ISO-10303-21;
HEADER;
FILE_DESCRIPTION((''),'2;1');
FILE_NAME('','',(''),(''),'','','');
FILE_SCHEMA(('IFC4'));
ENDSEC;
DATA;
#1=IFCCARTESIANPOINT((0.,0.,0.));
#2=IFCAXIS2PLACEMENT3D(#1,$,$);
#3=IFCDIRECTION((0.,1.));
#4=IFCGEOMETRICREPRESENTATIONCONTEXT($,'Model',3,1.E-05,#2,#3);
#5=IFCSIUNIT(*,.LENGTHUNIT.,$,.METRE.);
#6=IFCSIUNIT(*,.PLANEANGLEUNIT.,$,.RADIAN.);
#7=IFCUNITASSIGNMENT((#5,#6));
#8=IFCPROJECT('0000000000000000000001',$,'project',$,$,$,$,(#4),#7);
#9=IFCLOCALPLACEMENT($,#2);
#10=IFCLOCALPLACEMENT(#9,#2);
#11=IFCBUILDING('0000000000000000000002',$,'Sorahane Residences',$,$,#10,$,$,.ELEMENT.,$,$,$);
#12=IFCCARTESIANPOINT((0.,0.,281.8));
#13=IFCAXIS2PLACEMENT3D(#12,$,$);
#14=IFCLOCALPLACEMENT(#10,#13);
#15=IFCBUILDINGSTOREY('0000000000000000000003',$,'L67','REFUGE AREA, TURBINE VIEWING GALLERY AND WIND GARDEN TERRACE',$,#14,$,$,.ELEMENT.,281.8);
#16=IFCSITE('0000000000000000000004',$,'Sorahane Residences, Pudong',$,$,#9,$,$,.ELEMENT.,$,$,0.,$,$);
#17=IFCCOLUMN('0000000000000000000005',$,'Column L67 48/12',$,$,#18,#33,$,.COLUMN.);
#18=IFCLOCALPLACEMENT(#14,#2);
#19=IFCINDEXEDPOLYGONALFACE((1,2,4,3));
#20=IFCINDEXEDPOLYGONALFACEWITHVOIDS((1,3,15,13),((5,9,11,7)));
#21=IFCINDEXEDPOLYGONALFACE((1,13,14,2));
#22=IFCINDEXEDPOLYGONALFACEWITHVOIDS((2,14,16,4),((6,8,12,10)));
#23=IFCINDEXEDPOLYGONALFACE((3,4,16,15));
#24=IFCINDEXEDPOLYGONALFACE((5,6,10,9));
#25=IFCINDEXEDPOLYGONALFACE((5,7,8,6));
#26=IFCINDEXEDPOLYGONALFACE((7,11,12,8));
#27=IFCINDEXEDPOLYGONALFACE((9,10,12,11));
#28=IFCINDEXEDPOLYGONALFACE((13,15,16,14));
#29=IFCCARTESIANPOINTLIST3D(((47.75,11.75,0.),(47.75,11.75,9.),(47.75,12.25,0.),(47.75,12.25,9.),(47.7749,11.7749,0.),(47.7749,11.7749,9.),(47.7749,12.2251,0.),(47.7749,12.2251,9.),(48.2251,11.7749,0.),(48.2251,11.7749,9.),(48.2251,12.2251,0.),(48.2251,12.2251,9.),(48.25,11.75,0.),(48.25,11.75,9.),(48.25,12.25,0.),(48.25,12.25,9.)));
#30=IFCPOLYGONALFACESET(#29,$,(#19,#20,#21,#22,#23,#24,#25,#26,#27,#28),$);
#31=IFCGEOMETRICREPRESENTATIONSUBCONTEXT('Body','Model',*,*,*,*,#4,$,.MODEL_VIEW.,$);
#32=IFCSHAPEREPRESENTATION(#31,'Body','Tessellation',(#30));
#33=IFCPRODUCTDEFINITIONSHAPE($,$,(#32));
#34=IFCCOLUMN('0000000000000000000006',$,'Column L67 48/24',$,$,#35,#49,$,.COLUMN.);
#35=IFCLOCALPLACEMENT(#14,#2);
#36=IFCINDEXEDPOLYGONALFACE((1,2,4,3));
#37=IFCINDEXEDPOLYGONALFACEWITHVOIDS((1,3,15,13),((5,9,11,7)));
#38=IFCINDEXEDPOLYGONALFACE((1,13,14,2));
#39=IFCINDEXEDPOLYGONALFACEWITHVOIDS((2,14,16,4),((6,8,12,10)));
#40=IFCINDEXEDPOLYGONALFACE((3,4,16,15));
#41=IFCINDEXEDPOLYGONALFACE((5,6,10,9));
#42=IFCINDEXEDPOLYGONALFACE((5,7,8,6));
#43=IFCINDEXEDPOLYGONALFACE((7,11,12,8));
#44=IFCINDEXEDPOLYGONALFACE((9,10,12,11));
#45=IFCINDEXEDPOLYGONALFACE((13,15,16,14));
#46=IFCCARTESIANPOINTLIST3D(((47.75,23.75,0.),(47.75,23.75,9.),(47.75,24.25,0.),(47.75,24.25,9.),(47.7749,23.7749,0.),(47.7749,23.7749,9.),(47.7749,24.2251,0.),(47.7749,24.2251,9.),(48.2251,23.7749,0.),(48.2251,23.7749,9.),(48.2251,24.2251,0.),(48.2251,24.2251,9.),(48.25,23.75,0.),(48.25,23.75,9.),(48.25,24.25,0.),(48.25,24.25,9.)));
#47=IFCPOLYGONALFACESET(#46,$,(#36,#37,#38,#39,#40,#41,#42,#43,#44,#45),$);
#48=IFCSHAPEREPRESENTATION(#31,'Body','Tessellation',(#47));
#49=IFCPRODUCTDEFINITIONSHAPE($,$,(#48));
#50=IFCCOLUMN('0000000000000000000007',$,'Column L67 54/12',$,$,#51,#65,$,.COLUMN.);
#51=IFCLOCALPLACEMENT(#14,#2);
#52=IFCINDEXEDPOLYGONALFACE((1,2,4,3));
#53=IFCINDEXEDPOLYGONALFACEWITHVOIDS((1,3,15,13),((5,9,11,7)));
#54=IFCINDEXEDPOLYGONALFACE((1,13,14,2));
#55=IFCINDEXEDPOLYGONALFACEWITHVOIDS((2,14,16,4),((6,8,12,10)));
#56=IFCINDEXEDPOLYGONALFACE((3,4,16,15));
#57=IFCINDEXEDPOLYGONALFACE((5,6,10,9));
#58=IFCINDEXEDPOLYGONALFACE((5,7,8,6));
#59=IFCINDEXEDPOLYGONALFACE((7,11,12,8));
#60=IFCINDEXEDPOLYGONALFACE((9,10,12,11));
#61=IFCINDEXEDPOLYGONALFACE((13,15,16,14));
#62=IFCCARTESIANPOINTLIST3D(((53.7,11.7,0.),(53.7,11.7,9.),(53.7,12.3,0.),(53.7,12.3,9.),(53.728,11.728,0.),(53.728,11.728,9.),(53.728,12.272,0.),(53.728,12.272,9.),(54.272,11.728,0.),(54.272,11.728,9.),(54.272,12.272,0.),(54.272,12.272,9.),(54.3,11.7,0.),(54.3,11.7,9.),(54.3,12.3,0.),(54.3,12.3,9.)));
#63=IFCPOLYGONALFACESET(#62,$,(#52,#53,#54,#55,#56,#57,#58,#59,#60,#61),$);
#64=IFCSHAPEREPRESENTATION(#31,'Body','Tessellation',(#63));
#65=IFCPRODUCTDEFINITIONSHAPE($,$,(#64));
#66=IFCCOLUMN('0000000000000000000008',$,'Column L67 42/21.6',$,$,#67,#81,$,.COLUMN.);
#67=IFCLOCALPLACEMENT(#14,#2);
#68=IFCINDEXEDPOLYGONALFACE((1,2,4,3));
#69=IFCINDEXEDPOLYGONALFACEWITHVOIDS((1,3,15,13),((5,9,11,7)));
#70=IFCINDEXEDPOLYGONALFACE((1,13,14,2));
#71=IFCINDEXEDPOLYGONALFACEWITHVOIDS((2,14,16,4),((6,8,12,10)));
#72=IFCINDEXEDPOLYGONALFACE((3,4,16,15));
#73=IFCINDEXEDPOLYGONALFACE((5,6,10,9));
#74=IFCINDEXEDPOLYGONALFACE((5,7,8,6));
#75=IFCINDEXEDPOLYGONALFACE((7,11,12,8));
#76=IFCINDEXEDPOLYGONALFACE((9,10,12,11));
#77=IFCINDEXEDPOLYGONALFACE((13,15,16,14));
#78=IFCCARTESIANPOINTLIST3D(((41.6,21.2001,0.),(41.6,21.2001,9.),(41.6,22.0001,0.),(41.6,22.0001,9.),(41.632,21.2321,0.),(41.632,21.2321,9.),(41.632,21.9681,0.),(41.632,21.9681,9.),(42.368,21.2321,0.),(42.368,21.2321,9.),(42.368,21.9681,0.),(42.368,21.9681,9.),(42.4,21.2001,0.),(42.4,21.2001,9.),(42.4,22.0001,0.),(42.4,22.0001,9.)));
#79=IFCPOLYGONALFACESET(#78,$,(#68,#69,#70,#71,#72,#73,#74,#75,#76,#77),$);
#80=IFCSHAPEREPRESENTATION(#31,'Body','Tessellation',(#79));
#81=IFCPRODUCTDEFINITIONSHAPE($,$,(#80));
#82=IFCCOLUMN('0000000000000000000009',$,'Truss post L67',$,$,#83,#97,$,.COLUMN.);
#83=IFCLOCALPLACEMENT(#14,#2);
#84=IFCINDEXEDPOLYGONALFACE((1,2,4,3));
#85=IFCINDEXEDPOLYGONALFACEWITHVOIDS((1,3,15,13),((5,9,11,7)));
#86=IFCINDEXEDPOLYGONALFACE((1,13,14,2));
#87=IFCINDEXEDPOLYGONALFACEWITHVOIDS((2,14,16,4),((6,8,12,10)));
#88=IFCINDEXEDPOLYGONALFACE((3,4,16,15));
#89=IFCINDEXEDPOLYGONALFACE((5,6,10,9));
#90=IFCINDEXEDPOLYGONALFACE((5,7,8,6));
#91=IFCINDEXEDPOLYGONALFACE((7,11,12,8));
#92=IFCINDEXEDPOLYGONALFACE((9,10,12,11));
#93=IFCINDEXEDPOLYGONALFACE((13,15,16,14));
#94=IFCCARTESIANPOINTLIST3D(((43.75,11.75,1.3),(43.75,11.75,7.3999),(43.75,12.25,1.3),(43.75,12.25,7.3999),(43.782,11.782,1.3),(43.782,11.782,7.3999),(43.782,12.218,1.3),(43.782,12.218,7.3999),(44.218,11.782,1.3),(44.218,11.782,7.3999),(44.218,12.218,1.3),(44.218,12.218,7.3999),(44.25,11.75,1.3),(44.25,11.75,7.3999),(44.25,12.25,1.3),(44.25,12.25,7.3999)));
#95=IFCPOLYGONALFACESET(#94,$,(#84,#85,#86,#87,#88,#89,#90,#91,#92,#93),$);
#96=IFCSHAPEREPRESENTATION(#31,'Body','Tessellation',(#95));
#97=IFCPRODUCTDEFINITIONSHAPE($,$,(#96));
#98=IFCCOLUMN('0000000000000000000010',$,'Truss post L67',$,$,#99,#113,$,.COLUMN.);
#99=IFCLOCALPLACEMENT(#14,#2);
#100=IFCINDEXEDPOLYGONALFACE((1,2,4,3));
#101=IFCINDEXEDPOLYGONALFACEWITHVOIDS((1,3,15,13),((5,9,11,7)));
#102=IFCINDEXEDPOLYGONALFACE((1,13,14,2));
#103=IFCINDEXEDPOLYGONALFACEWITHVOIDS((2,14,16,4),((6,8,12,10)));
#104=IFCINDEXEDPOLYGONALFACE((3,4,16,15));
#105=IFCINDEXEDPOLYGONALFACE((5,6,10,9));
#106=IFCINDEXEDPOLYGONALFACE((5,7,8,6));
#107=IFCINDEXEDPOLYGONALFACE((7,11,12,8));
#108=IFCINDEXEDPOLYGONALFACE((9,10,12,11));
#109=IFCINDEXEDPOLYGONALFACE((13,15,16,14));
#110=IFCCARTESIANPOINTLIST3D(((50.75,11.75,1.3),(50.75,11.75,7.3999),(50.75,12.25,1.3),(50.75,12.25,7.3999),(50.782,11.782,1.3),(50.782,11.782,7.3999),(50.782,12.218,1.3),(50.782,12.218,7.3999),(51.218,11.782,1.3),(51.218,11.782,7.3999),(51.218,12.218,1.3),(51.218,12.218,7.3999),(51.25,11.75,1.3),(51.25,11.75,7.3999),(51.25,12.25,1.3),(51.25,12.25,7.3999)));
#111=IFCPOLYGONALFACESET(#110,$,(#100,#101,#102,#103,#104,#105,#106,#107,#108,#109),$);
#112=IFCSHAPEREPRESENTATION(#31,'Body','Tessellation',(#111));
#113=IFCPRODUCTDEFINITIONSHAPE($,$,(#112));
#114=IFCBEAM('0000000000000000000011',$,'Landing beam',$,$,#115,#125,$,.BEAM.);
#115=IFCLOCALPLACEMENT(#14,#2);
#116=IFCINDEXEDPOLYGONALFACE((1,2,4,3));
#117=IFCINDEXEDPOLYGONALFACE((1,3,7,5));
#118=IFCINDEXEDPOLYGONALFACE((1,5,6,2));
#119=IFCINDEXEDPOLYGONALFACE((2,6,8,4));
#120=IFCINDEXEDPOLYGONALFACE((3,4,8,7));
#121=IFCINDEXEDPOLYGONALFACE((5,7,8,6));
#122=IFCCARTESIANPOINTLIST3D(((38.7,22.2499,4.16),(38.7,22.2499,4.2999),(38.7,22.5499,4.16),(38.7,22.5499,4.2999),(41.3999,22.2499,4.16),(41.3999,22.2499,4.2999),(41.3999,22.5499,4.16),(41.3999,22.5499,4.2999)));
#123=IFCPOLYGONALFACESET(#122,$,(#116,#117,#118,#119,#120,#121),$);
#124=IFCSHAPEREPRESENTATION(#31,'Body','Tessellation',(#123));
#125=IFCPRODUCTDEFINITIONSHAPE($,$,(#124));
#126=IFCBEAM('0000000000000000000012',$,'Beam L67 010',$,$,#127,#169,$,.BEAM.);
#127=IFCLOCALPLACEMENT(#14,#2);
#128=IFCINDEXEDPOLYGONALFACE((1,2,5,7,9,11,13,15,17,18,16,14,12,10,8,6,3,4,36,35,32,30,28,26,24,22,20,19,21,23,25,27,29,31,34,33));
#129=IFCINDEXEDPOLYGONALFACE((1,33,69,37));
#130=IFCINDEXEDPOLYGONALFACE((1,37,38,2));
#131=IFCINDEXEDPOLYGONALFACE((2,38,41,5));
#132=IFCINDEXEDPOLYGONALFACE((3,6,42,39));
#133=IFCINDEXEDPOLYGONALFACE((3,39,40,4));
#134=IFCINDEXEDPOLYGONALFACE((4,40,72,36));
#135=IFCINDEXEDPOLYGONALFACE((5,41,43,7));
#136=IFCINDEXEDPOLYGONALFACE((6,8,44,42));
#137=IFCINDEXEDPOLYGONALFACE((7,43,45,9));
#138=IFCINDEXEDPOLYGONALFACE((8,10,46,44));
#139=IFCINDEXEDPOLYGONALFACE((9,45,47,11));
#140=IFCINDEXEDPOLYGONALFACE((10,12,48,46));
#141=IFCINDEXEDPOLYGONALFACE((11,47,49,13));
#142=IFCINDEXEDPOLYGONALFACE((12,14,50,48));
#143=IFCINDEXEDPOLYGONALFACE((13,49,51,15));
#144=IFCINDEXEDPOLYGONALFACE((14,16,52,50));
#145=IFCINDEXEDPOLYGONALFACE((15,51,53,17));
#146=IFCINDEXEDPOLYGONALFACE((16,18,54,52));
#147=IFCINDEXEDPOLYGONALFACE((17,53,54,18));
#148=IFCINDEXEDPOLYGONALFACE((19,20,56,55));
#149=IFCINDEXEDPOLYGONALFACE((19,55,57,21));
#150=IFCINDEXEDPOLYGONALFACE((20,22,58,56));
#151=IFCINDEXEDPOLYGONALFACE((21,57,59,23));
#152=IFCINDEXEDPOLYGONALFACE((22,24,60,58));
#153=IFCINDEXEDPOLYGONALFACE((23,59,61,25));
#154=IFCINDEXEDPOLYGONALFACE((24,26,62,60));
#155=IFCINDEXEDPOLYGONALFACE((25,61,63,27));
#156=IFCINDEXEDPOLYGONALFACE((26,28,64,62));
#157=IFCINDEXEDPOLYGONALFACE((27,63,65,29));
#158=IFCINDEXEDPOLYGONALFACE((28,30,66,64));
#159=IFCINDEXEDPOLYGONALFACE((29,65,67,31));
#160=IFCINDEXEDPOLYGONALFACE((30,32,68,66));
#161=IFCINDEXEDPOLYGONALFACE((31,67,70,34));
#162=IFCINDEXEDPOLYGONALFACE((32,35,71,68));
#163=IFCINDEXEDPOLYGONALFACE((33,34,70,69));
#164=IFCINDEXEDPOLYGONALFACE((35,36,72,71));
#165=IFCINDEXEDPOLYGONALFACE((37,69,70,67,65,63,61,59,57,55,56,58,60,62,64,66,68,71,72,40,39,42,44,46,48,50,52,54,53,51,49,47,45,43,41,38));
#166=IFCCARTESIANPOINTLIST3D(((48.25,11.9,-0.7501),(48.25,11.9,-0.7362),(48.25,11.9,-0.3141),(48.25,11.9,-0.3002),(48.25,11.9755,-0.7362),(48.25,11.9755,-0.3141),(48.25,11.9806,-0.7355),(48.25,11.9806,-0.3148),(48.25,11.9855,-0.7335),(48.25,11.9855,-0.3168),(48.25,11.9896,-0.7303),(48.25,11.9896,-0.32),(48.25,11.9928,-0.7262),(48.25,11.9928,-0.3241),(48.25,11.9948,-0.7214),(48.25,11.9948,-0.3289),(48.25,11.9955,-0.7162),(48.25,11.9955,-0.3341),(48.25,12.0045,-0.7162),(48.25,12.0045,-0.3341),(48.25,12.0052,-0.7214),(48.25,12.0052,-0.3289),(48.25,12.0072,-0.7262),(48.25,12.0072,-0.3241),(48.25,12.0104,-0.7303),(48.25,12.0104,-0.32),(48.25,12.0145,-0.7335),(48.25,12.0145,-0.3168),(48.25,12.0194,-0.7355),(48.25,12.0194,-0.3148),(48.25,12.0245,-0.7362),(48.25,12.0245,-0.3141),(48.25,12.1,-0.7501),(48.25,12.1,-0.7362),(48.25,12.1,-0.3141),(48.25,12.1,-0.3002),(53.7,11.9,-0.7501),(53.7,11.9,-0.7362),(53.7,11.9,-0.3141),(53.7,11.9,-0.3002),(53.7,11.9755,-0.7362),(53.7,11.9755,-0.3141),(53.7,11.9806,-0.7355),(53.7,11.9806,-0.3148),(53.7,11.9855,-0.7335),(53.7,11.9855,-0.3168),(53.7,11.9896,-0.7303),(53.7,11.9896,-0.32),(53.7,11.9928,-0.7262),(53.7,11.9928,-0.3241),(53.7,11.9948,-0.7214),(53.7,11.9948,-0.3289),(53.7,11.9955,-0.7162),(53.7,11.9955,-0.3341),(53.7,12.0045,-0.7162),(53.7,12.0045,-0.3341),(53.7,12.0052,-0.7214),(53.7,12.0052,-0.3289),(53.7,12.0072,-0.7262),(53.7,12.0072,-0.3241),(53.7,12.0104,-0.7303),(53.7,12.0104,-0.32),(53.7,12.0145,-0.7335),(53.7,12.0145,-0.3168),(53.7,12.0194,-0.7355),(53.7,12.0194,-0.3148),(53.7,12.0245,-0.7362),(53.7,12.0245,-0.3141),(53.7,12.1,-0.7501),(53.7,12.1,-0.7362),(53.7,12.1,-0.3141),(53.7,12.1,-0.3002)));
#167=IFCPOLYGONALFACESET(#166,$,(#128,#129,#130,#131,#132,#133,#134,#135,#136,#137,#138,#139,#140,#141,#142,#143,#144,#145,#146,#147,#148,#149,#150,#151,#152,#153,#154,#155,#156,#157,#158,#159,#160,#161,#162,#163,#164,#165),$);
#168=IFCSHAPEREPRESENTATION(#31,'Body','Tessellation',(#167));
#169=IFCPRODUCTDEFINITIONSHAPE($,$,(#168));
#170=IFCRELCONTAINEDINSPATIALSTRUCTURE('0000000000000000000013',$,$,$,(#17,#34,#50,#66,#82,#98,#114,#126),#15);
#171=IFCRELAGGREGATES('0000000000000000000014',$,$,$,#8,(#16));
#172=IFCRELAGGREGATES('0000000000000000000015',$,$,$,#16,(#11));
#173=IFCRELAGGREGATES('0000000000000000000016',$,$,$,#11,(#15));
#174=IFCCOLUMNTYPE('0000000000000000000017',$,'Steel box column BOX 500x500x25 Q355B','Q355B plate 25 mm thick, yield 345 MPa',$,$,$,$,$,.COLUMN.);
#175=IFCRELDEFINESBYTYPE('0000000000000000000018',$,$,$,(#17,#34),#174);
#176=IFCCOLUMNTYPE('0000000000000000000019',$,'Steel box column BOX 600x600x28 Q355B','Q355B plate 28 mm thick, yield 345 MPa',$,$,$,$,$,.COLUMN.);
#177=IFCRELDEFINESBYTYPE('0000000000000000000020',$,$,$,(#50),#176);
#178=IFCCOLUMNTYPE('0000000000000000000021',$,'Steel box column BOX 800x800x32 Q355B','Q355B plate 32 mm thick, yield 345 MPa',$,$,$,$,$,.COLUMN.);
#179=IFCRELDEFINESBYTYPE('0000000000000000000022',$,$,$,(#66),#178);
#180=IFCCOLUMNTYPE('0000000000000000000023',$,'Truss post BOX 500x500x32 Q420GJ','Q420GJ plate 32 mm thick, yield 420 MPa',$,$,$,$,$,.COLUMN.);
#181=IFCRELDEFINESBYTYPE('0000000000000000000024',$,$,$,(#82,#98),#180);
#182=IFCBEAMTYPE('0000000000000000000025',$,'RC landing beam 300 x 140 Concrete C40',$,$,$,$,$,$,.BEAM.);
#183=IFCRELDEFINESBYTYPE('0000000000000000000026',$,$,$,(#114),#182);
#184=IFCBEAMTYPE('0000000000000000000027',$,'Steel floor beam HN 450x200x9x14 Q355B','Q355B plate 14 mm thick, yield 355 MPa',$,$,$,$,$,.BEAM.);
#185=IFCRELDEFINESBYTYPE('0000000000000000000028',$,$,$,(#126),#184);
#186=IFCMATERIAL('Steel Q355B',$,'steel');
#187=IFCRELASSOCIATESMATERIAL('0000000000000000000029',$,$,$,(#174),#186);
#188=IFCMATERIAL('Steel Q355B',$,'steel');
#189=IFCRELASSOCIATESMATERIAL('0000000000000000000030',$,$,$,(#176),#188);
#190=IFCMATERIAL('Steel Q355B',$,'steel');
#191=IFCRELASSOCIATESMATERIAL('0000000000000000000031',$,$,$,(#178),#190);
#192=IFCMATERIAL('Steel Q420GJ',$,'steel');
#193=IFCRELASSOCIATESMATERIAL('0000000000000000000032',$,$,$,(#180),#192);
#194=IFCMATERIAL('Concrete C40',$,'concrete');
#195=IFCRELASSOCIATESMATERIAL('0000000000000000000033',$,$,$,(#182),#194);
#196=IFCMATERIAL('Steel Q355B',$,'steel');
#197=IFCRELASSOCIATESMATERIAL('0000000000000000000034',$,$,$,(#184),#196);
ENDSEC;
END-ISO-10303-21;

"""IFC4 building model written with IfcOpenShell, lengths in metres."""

from ifc_helpers import new_model, si_unit, direction, frame, origin, origin_2d, place, context, subcontext, project, spatial, rectangle, hollow_rectangle, i_section, extrude, material, material_profile, profile_set, type_object, element, save


model = new_model("IFC4")

# Units and contexts
model_context = context("Model", 3, precision=1e-05, world=origin(), true_north=direction((0.0, 1.0)))
body_context = subcontext(model_context, "Body", "Model", "MODEL_VIEW")
ifc_project = project(units=[si_unit("LENGTHUNIT", "METRE"), si_unit("PLANEANGLEUNIT", "RADIAN")], contexts=[model_context])

# Site, building, storey
site_placement = place(None, origin())
site = spatial("IfcSite", under=ifc_project, at=site_placement, Name="Sorahane Residences, Pudong", CompositionType="ELEMENT", RefElevation=0.0)
building_placement = place(site_placement, origin())
building = spatial("IfcBuilding", under=site, at=building_placement, Name="Sorahane Residences", CompositionType="ELEMENT")
storey_placement = place(building_placement, frame((0.0, 0.0, 281.8)))
storey = spatial("IfcBuildingStorey", under=building, at=storey_placement, Name="L67", Description="REFUGE AREA, TURBINE VIEWING GALLERY AND WIND GARDEN TERRACE", CompositionType="ELEMENT", Elevation=281.8)

# Columns
ifc_material_1 = material(Name="Steel Q355B", Category="steel")
ifc_material_profile_1 = material_profile(ifc_material_1, hollow_rectangle(XDim=0.5, YDim=0.5, WallThickness=0.0249, at=origin_2d()), Name="BOX 500x500x25")
ifc_profile_set_1 = profile_set([ifc_material_profile_1], Name="Steel Q355B")
column_type_1 = type_object("IfcColumnType", Name="Steel box column BOX 500x500x25 Q355B", Description="Q355B plate 25 mm thick, yield 345 MPa", PredefinedType="COLUMN", material=ifc_profile_set_1)
for number, where, z_axis, x_axis, name in (
    (1, (48.0, 12.0, 0.0), (0.0, 0.0, 1.0), (1.0, 0.0, 0.0), "Column L67 48/12"),
    (2, (48.0, 24.0, 0.0), (0.0, 0.0, 1.0), (1.0, 0.0, 0.0), "Column L67 48/24"),
):
    element("IfcColumn", number, at=place(storey_placement, frame(where, z_axis=z_axis, x_axis=x_axis)), inside=storey, type_object=column_type_1, Name=name, PredefinedType="COLUMN", context=body_context, shape_type="SweptSolid", body=[
        extrude(hollow_rectangle(XDim=0.5, YDim=0.5, WallThickness=0.0249, at=origin_2d()), origin(), (0.0, 0.0, 1.0), 9.0),
    ])
ifc_material_2 = material(Name="Steel Q355B", Category="steel")
ifc_material_profile_2 = material_profile(ifc_material_2, hollow_rectangle(XDim=0.6001, YDim=0.6001, WallThickness=0.0281, at=origin_2d()), Name="BOX 600x600x28")
ifc_profile_set_2 = profile_set([ifc_material_profile_2], Name="Steel Q355B")
column_type_2 = type_object("IfcColumnType", Name="Steel box column BOX 600x600x28 Q355B", Description="Q355B plate 28 mm thick, yield 345 MPa", PredefinedType="COLUMN", material=ifc_profile_set_2)
column_1_placement = place(storey_placement, frame((54.0, 12.0, 0.0), z_axis=(0.0, 0.0, 1.0), x_axis=(1.0, 0.0, 0.0)))
element("IfcColumn", 3, at=column_1_placement, inside=storey, type_object=column_type_2, Name="Column L67 54/12", PredefinedType="COLUMN", context=body_context, shape_type="SweptSolid", body=[
    extrude(hollow_rectangle(XDim=0.6001, YDim=0.6001, WallThickness=0.0281, at=origin_2d()), origin(), (0.0, 0.0, 1.0), 9.0),
])
ifc_material_3 = material(Name="Steel Q355B", Category="steel")
ifc_material_profile_3 = material_profile(ifc_material_3, hollow_rectangle(XDim=0.8, YDim=0.8, WallThickness=0.032, at=origin_2d()), Name="BOX 800x800x32")
ifc_profile_set_3 = profile_set([ifc_material_profile_3], Name="Steel Q355B")
column_type_3 = type_object("IfcColumnType", Name="Steel box column BOX 800x800x32 Q355B", Description="Q355B plate 32 mm thick, yield 345 MPa", PredefinedType="COLUMN", material=ifc_profile_set_3)
column_2_placement = place(storey_placement, frame((42.0, 21.6001, 0.0), z_axis=(0.0, 0.0, 1.0), x_axis=(1.0, 0.0, 0.0)))
element("IfcColumn", 4, at=column_2_placement, inside=storey, type_object=column_type_3, Name="Column L67 42/21.6", PredefinedType="COLUMN", context=body_context, shape_type="SweptSolid", body=[
    extrude(hollow_rectangle(XDim=0.8, YDim=0.8, WallThickness=0.032, at=origin_2d()), origin(), (0.0, 0.0, 1.0), 9.0),
])
ifc_material_4 = material(Name="Steel Q420GJ", Category="steel")
ifc_material_profile_4 = material_profile(ifc_material_4, hollow_rectangle(XDim=0.5, YDim=0.5, WallThickness=0.032, at=origin_2d()), Name="BOX 500x500x32")
ifc_profile_set_4 = profile_set([ifc_material_profile_4], Name="Steel Q420GJ")
column_type_4 = type_object("IfcColumnType", Name="Truss post BOX 500x500x32 Q420GJ", Description="Q420GJ plate 32 mm thick, yield 420 MPa", PredefinedType="COLUMN", material=ifc_profile_set_4)
for number, where, z_axis, x_axis, name in (
    (5, (44.0, 12.0, 1.3), (0.0, 0.0, 1.0), (1.0, 0.0, 0.0), "Truss post L67"),
    (6, (51.0, 12.0, 1.3), (0.0, 0.0, 1.0), (1.0, 0.0, 0.0), "Truss post L67"),
):
    element("IfcColumn", number, at=place(storey_placement, frame(where, z_axis=z_axis, x_axis=x_axis)), inside=storey, type_object=column_type_4, Name=name, PredefinedType="COLUMN", context=body_context, shape_type="SweptSolid", body=[
        extrude(hollow_rectangle(XDim=0.5, YDim=0.5, WallThickness=0.032, at=origin_2d()), origin(), (0.0, 0.0, 1.0), 6.0999),
    ])

# Beams
ifc_material_5 = material(Name="Concrete C40", Category="concrete")
ifc_material_profile_5 = material_profile(ifc_material_5, rectangle(XDim=0.3, YDim=0.1399, at=origin_2d()), Name="300x140")
ifc_profile_set_5 = profile_set([ifc_material_profile_5], Name="Concrete C40")
beam_type_1 = type_object("IfcBeamType", Name="RC landing beam 300 x 140 Concrete C40", PredefinedType="BEAM", material=ifc_profile_set_5)
beam_1_placement = place(storey_placement, frame((38.7, 22.3999, 4.23), z_axis=(1.0, 0.0, 0.0), x_axis=(0.0, 1.0, 0.0)))
element("IfcBeam", 7, at=beam_1_placement, inside=storey, type_object=beam_type_1, Name="Landing beam", PredefinedType="BEAM", context=body_context, shape_type="SweptSolid", body=[
    extrude(rectangle(XDim=0.3, YDim=0.1399, at=origin_2d()), origin(), (0.0, 0.0, 1.0), 2.7),
])
ifc_material_6 = material(Name="Steel Q355B", Category="steel")
ifc_material_profile_6 = material_profile(ifc_material_6, i_section(OverallWidth=0.2, OverallDepth=0.45, WebThickness=0.009, FlangeThickness=0.0139, FilletRadius=0.02, at=origin_2d()), Name="HN 450x200x9x14")
ifc_profile_set_6 = profile_set([ifc_material_profile_6], Name="Steel Q355B")
beam_type_2 = type_object("IfcBeamType", Name="Steel floor beam HN 450x200x9x14 Q355B", Description="Q355B plate 14 mm thick, yield 355 MPa", PredefinedType="BEAM", material=ifc_profile_set_6)
beam_2_placement = place(storey_placement, frame((48.25, 12.0, -0.5251), z_axis=(1.0, 0.0, 0.0), x_axis=(0.0, 1.0, 0.0)))
element("IfcBeam", 8, at=beam_2_placement, inside=storey, type_object=beam_type_2, Name="Beam L67 010", PredefinedType="BEAM", context=body_context, shape_type="SweptSolid", body=[
    extrude(i_section(OverallWidth=0.2, OverallDepth=0.45, WebThickness=0.009, FlangeThickness=0.0139, FilletRadius=0.02, at=origin_2d()), origin(), (0.0, 0.0, 1.0), 5.45),
])

save(model, "model.ifc")
